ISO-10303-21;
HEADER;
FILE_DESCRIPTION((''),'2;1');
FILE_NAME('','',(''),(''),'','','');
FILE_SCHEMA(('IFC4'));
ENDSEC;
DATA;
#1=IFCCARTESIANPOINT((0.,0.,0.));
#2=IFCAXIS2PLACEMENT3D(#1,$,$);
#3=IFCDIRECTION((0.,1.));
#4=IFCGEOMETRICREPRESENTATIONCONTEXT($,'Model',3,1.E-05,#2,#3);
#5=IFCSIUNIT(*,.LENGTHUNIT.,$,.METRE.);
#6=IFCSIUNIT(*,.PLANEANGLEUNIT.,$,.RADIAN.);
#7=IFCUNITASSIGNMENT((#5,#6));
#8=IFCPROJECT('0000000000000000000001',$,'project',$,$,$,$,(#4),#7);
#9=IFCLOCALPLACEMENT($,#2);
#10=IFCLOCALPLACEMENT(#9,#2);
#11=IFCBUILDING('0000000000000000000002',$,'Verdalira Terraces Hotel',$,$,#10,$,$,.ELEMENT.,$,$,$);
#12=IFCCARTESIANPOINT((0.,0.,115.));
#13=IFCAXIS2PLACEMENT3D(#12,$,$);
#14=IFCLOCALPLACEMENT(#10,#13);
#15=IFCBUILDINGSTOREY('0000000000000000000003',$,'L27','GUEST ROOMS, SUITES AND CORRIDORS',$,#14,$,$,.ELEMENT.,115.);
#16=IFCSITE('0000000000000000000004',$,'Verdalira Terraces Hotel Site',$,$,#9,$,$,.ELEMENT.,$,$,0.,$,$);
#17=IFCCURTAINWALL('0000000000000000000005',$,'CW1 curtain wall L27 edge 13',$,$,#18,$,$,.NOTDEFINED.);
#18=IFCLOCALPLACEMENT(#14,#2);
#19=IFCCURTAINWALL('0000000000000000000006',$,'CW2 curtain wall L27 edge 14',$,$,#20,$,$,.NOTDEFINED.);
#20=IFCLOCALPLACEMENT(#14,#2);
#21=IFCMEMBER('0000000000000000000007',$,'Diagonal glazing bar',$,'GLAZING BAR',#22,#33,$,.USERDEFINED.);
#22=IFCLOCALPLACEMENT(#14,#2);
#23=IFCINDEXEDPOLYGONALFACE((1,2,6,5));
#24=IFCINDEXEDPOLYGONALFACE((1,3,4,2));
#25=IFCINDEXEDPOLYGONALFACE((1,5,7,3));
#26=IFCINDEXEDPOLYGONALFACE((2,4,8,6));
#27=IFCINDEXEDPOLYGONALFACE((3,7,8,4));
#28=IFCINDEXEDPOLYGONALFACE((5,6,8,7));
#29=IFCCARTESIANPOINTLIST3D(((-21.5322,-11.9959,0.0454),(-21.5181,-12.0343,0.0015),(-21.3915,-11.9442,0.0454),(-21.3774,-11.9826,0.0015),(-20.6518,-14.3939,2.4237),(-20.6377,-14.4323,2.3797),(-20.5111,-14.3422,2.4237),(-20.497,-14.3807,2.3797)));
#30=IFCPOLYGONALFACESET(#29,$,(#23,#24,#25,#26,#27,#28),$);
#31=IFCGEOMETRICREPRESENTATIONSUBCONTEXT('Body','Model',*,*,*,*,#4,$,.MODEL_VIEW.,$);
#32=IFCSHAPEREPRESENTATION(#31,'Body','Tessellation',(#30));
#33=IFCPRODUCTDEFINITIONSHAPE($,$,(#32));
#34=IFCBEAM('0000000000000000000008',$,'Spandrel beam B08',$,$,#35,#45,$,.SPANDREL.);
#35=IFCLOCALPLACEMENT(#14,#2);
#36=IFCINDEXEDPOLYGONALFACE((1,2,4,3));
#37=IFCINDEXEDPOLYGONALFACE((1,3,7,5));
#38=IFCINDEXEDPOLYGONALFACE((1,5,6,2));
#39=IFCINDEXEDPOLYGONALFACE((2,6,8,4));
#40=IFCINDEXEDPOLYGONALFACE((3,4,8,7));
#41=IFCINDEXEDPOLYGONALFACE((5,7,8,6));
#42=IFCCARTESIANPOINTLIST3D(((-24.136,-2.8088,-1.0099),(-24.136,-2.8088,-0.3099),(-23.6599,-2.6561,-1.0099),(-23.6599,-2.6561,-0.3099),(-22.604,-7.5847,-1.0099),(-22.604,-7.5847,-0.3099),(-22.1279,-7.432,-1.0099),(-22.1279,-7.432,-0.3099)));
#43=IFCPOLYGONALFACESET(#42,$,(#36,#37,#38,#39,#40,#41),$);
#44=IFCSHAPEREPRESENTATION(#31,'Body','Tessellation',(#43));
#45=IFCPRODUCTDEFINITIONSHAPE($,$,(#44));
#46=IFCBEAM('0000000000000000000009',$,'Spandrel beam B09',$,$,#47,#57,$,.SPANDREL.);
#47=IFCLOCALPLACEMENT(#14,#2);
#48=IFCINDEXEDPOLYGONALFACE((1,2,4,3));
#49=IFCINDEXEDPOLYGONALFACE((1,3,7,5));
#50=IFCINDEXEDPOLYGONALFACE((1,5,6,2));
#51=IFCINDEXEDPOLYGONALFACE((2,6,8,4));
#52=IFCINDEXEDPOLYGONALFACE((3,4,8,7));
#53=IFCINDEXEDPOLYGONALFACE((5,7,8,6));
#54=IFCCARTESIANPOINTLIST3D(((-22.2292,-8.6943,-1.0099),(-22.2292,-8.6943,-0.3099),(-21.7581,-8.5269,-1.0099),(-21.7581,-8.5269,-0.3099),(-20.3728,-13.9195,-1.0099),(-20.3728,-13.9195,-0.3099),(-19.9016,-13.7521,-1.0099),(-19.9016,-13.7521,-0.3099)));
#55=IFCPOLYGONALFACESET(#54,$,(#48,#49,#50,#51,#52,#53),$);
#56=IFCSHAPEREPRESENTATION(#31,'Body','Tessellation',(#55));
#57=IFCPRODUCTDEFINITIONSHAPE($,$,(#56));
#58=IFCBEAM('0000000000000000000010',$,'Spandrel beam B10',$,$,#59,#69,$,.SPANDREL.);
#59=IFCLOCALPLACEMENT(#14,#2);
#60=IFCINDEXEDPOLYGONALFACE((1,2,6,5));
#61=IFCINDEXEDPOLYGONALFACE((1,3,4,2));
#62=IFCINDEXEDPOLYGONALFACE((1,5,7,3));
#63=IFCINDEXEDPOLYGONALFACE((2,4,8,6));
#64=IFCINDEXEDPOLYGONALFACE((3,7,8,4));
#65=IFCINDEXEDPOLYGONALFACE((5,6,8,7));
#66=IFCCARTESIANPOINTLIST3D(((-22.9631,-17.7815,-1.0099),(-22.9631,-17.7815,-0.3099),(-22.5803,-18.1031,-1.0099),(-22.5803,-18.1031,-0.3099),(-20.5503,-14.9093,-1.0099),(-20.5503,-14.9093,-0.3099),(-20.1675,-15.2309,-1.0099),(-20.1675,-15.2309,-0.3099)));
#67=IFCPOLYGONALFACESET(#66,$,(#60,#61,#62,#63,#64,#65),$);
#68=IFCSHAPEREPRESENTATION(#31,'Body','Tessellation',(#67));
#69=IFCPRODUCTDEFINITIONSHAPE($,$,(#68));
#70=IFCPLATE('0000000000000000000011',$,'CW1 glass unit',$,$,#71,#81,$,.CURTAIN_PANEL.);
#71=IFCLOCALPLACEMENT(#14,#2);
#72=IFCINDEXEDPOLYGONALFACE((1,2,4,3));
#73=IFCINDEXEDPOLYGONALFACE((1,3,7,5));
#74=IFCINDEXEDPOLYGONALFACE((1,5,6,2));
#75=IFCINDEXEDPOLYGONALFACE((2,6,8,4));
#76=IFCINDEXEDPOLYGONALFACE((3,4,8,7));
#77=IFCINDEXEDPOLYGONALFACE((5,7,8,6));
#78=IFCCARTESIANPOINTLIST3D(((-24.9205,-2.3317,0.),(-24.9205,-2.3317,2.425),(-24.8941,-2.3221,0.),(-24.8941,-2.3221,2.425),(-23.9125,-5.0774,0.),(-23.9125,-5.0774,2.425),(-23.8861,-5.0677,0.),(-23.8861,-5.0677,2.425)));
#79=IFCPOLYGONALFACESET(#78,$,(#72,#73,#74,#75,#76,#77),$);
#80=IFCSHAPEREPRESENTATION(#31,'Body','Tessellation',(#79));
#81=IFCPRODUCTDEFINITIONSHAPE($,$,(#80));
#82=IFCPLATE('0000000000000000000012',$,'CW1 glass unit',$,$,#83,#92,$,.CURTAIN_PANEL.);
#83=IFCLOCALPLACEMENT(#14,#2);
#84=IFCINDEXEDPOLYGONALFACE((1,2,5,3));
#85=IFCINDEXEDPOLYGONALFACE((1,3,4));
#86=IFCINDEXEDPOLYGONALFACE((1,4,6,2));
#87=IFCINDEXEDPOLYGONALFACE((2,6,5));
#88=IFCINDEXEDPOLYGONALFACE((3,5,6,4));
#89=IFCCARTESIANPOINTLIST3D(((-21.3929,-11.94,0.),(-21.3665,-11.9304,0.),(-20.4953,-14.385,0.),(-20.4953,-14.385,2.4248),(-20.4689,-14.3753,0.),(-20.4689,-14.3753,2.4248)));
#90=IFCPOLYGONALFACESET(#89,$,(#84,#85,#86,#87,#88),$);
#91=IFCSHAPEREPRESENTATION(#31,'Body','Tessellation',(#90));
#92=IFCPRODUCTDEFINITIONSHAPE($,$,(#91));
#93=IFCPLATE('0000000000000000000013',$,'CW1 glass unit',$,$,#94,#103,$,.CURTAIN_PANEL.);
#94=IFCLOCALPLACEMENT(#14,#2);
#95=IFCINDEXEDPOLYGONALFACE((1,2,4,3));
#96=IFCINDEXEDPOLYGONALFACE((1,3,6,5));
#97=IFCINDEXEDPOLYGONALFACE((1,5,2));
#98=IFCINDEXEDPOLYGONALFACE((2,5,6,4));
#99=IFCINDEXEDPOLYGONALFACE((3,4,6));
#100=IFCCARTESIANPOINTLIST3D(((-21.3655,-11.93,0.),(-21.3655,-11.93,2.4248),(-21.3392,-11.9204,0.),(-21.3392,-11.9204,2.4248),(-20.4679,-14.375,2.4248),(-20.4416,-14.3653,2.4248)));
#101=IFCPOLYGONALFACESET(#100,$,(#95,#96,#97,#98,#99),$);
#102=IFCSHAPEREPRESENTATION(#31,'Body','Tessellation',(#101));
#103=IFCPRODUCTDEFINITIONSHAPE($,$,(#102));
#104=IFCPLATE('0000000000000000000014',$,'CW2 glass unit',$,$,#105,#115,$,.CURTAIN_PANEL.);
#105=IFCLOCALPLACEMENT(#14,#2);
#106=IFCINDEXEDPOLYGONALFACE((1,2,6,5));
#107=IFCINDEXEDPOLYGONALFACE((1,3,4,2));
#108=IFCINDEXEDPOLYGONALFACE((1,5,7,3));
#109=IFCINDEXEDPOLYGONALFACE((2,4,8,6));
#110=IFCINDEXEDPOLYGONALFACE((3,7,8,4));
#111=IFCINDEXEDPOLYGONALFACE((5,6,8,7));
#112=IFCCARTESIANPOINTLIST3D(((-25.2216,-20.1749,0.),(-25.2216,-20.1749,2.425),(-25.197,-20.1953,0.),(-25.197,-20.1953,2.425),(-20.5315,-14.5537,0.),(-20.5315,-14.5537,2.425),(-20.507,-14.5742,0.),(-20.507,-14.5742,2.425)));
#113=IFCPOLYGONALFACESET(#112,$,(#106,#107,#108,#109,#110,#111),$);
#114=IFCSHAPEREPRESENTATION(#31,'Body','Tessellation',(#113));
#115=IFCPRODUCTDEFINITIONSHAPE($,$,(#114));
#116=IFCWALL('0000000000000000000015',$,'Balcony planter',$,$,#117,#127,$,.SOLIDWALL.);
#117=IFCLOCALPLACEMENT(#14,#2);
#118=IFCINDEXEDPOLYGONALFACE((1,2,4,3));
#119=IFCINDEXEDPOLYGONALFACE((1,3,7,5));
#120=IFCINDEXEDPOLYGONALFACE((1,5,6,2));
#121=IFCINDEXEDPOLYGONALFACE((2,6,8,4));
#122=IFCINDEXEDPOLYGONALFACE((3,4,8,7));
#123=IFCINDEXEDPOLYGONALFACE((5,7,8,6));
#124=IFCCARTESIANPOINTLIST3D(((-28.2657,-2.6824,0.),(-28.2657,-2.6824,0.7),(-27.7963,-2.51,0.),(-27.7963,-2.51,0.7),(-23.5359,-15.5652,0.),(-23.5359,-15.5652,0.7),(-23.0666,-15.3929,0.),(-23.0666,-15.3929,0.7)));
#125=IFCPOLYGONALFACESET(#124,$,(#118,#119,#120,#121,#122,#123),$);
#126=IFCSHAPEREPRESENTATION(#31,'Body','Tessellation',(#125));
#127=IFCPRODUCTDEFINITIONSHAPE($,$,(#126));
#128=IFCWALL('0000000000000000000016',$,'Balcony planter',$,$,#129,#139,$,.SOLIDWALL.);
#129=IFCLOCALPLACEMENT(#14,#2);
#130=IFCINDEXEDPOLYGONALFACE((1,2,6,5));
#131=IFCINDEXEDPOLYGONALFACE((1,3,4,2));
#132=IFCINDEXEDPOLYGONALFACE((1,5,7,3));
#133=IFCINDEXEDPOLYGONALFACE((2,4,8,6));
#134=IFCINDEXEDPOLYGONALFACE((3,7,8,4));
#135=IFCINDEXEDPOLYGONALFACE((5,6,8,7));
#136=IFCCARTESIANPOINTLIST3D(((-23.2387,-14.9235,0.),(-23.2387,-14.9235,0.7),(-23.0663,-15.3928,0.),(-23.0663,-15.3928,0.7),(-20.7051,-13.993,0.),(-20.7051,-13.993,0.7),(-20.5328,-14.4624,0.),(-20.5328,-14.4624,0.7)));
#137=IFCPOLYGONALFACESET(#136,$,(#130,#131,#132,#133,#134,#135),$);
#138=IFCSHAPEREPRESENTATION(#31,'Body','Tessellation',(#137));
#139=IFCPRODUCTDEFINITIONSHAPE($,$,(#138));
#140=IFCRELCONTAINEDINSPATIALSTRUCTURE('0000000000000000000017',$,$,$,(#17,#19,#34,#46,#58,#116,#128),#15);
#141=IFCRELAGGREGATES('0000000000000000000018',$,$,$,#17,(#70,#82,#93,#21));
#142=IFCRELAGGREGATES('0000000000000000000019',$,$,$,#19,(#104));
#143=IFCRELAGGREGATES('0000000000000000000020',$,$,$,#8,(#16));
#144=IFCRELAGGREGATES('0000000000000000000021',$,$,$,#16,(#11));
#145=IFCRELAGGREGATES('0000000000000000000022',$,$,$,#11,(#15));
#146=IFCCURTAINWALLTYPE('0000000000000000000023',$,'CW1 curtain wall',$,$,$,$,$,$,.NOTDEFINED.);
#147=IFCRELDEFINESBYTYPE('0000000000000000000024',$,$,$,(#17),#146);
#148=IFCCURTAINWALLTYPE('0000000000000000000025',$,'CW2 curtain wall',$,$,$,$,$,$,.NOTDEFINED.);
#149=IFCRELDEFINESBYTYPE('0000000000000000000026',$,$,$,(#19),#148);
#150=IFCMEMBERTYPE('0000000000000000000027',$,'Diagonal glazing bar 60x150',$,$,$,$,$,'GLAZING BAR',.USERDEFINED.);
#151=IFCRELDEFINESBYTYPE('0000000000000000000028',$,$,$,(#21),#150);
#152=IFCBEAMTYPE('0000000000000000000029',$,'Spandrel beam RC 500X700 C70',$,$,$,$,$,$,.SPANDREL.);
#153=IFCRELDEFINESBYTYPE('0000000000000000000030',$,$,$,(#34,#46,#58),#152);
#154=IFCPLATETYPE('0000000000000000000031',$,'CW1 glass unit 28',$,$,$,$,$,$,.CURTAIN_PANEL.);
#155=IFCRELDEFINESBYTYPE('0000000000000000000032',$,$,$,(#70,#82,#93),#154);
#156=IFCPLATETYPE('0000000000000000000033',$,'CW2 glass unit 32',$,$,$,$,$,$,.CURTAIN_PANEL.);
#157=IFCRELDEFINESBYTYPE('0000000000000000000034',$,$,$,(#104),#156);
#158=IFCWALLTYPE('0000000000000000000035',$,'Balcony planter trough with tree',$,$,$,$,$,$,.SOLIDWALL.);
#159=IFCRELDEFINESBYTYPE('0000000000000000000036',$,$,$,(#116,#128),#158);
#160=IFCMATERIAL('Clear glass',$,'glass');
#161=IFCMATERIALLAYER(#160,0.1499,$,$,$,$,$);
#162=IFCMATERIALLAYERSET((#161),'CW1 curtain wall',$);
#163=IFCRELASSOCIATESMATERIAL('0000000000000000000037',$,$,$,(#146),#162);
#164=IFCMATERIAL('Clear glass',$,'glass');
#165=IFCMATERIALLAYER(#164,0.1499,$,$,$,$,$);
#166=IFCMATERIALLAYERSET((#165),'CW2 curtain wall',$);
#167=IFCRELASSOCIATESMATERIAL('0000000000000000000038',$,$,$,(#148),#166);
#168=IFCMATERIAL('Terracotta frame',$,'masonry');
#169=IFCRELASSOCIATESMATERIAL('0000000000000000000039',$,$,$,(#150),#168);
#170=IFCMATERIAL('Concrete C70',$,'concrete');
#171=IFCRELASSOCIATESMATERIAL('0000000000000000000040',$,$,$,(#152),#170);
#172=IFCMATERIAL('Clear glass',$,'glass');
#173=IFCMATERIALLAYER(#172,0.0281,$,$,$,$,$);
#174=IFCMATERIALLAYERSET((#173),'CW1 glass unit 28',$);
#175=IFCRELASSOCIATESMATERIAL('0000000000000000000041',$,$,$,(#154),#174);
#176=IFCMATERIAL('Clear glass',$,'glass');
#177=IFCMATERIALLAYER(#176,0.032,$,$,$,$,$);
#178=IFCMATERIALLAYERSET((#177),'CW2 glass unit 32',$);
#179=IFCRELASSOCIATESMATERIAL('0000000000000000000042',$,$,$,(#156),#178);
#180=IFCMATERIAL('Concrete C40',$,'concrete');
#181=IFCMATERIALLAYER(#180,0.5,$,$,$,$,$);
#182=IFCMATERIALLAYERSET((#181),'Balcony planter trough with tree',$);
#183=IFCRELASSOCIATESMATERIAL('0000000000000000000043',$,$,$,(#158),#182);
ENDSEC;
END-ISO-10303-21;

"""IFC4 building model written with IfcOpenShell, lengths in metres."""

from ifc_helpers import new_model, si_unit, direction, frame, frame_2d, origin, origin_2d, place, context, subcontext, project, spatial, polyline, rectangle, outline, extrude, material, layer, layer_set, material_profile, profile_set, type_object, element, aggregate, save


model = new_model("IFC4")

# Units and contexts
model_context = context("Model", 3, precision=1e-05, world=origin(), true_north=direction((0.0, 1.0)))
body_context = subcontext(model_context, "Body", "Model", "MODEL_VIEW")
ifc_project = project(units=[si_unit("LENGTHUNIT", "METRE"), si_unit("PLANEANGLEUNIT", "RADIAN")], contexts=[model_context])

# Site, building, storey
site_placement = place(None, origin())
site = spatial("IfcSite", under=ifc_project, at=site_placement, Name="Verdalira Terraces Hotel Site", CompositionType="ELEMENT", RefElevation=0.0)
building_placement = place(site_placement, origin())
building = spatial("IfcBuilding", under=site, at=building_placement, Name="Verdalira Terraces Hotel", CompositionType="ELEMENT")
storey_placement = place(building_placement, frame((0.0, 0.0, 115.0)))
storey = spatial("IfcBuildingStorey", under=building, at=storey_placement, Name="L27", Description="GUEST ROOMS, SUITES AND CORRIDORS", CompositionType="ELEMENT", Elevation=115.0)

# Shared definitions
ifc_material_1 = material(Name="Clear glass", Category="glass")
ifc_layer_1 = layer(ifc_material_1, 0.1499)
ifc_layer_set_1 = layer_set([ifc_layer_1], Name="CW1 curtain wall")
curtain_wall_type_1 = type_object("IfcCurtainWallType", Name="CW1 curtain wall", PredefinedType="NOTDEFINED", material=ifc_layer_set_1)

# Curtain walls
curtain_wall_1_placement = place(storey_placement, origin())
curtain_wall_1 = element("IfcCurtainWall", 1, at=curtain_wall_1_placement, inside=storey, type_object=curtain_wall_type_1, Name="CW1 curtain wall L27 edge 13", PredefinedType="NOTDEFINED")
ifc_material_2 = material(Name="Clear glass", Category="glass")
ifc_layer_2 = layer(ifc_material_2, 0.1499)
ifc_layer_set_2 = layer_set([ifc_layer_2], Name="CW2 curtain wall")
curtain_wall_type_2 = type_object("IfcCurtainWallType", Name="CW2 curtain wall", PredefinedType="NOTDEFINED", material=ifc_layer_set_2)
curtain_wall_2_placement = place(storey_placement, origin())
curtain_wall_2 = element("IfcCurtainWall", 2, at=curtain_wall_2_placement, inside=storey, type_object=curtain_wall_type_2, Name="CW2 curtain wall L27 edge 14", PredefinedType="NOTDEFINED")

# Member
ifc_material_3 = material(Name="Terracotta frame", Category="masonry")
ifc_material_profile_1 = material_profile(ifc_material_3, rectangle(XDim=0.1499, YDim=0.0601, at=origin_2d()), Name="GB 60x150")
ifc_profile_set_1 = profile_set([ifc_material_profile_1], Name="Terracotta frame")
member_type_1 = type_object("IfcMemberType", Name="Diagonal glazing bar 60x150", ElementType="GLAZING BAR", PredefinedType="USERDEFINED", material=ifc_profile_set_1)
member_1_placement = place(storey_placement, frame((-21.4548, -11.9893, 0.0234), z_axis=(0.252247, -0.687068, 0.681402), x_axis=(0.938734, 0.344642, 0.0)))
member_1 = element("IfcMember", 3, at=member_1_placement, type_object=member_type_1, Name="Diagonal glazing bar", ObjectType="GLAZING BAR", PredefinedType="USERDEFINED", context=body_context, shape_type="SweptSolid", body=[
    extrude(rectangle(XDim=0.1499, YDim=0.0601, at=origin_2d()), origin(), (0.0, 0.0, 1.0), 3.4902),
])

# Beams
ifc_material_4 = material(Name="Concrete C70", Category="concrete")
ifc_material_profile_2 = material_profile(ifc_material_4, rectangle(XDim=0.5, YDim=0.7, at=origin_2d()), Name="RC 500X700")
ifc_profile_set_2 = profile_set([ifc_material_profile_2], Name="Concrete C70")
beam_type_1 = type_object("IfcBeamType", Name="Spandrel beam RC 500X700 C70", PredefinedType="SPANDREL", material=ifc_profile_set_2)
beam_1_placement = place(storey_placement, frame((-23.8979, -2.7324, -0.6599), z_axis=(0.305445, -0.95221, 0.0), x_axis=(0.95221, 0.305445, 0.0)))
element("IfcBeam", 4, at=beam_1_placement, inside=storey, type_object=beam_type_1, Name="Spandrel beam B08", PredefinedType="SPANDREL", context=body_context, shape_type="SweptSolid", body=[
    extrude(rectangle(XDim=0.5, YDim=0.7, at=origin_2d()), origin(), (0.0, 0.0, 1.0), 5.0156),
])
beam_2_placement = place(storey_placement, frame((-21.9937, -8.6106, -0.6599), z_axis=(0.334791, -0.942292, 0.0), x_axis=(0.942292, 0.334791, 0.0)))
element("IfcBeam", 5, at=beam_2_placement, inside=storey, type_object=beam_type_1, Name="Spandrel beam B09", PredefinedType="SPANDREL", context=body_context, shape_type="SweptSolid", body=[
    extrude(rectangle(XDim=0.5, YDim=0.7, at=origin_2d()), origin(), (0.0, 0.0, 1.0), 5.5452),
])
beam_3_placement = place(storey_placement, frame((-20.3589, -15.0701, -0.6599), z_axis=(-0.643207, -0.765692, 0.0), x_axis=(0.765692, -0.643207, 0.0)))
element("IfcBeam", 6, at=beam_3_placement, inside=storey, type_object=beam_type_1, Name="Spandrel beam B10", PredefinedType="SPANDREL", context=body_context, shape_type="SweptSolid", body=[
    extrude(rectangle(XDim=0.5, YDim=0.7, at=origin_2d()), origin(), (0.0, 0.0, 1.0), 3.7512),
])

# Plates
ifc_material_5 = material(Name="Clear glass", Category="glass")
ifc_layer_3 = layer(ifc_material_5, 0.0281)
ifc_layer_set_3 = layer_set([ifc_layer_3], Name="CW1 glass unit 28")
plate_type_1 = type_object("IfcPlateType", Name="CW1 glass unit 28", PredefinedType="CURTAIN_PANEL", material=ifc_layer_set_3)
plate_1_placement = place(storey_placement, frame((-24.4033, -3.6997, 0.0), z_axis=(0.0, 0.0, 1.0), x_axis=(0.344643, -0.938734, 0.0)))
plate_1 = element("IfcPlate", 7, at=plate_1_placement, type_object=plate_type_1, Name="CW1 glass unit", PredefinedType="CURTAIN_PANEL", context=body_context, shape_type="SweptSolid", body=[
    extrude(rectangle(XDim=2.9248, YDim=0.0281, at=origin_2d()), origin(), (0.0, 0.0, 1.0), 2.425),
])
plate_2_placement = place(storey_placement, frame((-20.9177, -13.1528, 1.2124), z_axis=(-0.938734, -0.344643, 0.0), x_axis=(0.344643, -0.938734, 0.0)))
plate_2 = element("IfcPlate", 8, at=plate_2_placement, type_object=plate_type_1, Name="CW1 glass unit", PredefinedType="CURTAIN_PANEL", context=body_context, shape_type="SweptSolid", body=[
    extrude(outline(polyline([(-1.3022, -1.2124), (1.3022, -1.2124), (1.3022, 1.2124), (-1.3022, -1.2124)])), origin(), (0.0, 0.0, 1.0), 0.0281),
])
plate_3_placement = place(storey_placement, frame((-20.8904, -13.1428, 1.2124), z_axis=(-0.938734, -0.344643, 0.0), x_axis=(0.344643, -0.938734, 0.0)))
plate_3 = element("IfcPlate", 9, at=plate_3_placement, type_object=plate_type_1, Name="CW1 glass unit", PredefinedType="CURTAIN_PANEL", context=body_context, shape_type="SweptSolid", body=[
    extrude(outline(polyline([(-1.3022, -1.2124), (1.3022, 1.2124), (-1.3022, 1.2124), (-1.3022, -1.2124)])), origin(), (0.0, 0.0, 1.0), 0.0281),
])
aggregate(curtain_wall_1, [plate_1, plate_2, plate_3, member_1])
ifc_material_6 = material(Name="Clear glass", Category="glass")
ifc_layer_4 = layer(ifc_material_6, 0.032)
ifc_layer_set_4 = layer_set([ifc_layer_4], Name="CW2 glass unit 32")
plate_type_2 = type_object("IfcPlateType", Name="CW2 glass unit 32", PredefinedType="CURTAIN_PANEL", material=ifc_layer_set_4)
plate_4_placement = place(storey_placement, frame((-22.8643, -17.3745, 0.0), z_axis=(0.0, 0.0, 1.0), x_axis=(-0.640646, -0.767836, 0.0)))
plate_4 = element("IfcPlate", 10, at=plate_4_placement, type_object=plate_type_2, Name="CW2 glass unit", PredefinedType="CURTAIN_PANEL", context=body_context, shape_type="SweptSolid", body=[
    extrude(rectangle(XDim=7.3208, YDim=0.032, at=origin_2d()), origin(), (0.0, 0.0, 1.0), 2.425),
])
aggregate(curtain_wall_2, [plate_4])

# Walls
ifc_material_7 = material(Name="Concrete C40", Category="concrete")
ifc_layer_5 = layer(ifc_material_7, 0.5)
ifc_layer_set_5 = layer_set([ifc_layer_5], Name="Balcony planter trough with tree")
wall_type_1 = type_object("IfcWallType", Name="Balcony planter trough with tree", PredefinedType="SOLIDWALL", material=ifc_layer_set_5)
wall_1_placement = place(storey_placement, frame((-28.031, -2.5962, 0.0), z_axis=(0.0, 0.0, 1.0), x_axis=(0.344642, -0.938734, 0.0)))
element("IfcWall", 11, at=wall_1_placement, inside=storey, type_object=wall_type_1, Name="Balcony planter", PredefinedType="SOLIDWALL", context=body_context, shape_type="SweptSolid", body=[
    extrude(rectangle(XDim=13.7236, YDim=0.5, at=frame_2d((6.8618, 0.0))), origin(), (0.0, 0.0, 1.0), 0.7),
])
wall_2_placement = place(storey_placement, frame((-23.1526, -15.1582, 0.0), z_axis=(0.0, 0.0, 1.0), x_axis=(0.938698, 0.344741, 0.0)))
element("IfcWall", 12, at=wall_2_placement, inside=storey, type_object=wall_type_1, Name="Balcony planter", PredefinedType="SOLIDWALL", context=body_context, shape_type="SweptSolid", body=[
    extrude(rectangle(XDim=2.699, YDim=0.5, at=frame_2d((1.3496, 0.0))), origin(), (0.0, 0.0, 1.0), 0.7),
])

save(model, "model.ifc")
